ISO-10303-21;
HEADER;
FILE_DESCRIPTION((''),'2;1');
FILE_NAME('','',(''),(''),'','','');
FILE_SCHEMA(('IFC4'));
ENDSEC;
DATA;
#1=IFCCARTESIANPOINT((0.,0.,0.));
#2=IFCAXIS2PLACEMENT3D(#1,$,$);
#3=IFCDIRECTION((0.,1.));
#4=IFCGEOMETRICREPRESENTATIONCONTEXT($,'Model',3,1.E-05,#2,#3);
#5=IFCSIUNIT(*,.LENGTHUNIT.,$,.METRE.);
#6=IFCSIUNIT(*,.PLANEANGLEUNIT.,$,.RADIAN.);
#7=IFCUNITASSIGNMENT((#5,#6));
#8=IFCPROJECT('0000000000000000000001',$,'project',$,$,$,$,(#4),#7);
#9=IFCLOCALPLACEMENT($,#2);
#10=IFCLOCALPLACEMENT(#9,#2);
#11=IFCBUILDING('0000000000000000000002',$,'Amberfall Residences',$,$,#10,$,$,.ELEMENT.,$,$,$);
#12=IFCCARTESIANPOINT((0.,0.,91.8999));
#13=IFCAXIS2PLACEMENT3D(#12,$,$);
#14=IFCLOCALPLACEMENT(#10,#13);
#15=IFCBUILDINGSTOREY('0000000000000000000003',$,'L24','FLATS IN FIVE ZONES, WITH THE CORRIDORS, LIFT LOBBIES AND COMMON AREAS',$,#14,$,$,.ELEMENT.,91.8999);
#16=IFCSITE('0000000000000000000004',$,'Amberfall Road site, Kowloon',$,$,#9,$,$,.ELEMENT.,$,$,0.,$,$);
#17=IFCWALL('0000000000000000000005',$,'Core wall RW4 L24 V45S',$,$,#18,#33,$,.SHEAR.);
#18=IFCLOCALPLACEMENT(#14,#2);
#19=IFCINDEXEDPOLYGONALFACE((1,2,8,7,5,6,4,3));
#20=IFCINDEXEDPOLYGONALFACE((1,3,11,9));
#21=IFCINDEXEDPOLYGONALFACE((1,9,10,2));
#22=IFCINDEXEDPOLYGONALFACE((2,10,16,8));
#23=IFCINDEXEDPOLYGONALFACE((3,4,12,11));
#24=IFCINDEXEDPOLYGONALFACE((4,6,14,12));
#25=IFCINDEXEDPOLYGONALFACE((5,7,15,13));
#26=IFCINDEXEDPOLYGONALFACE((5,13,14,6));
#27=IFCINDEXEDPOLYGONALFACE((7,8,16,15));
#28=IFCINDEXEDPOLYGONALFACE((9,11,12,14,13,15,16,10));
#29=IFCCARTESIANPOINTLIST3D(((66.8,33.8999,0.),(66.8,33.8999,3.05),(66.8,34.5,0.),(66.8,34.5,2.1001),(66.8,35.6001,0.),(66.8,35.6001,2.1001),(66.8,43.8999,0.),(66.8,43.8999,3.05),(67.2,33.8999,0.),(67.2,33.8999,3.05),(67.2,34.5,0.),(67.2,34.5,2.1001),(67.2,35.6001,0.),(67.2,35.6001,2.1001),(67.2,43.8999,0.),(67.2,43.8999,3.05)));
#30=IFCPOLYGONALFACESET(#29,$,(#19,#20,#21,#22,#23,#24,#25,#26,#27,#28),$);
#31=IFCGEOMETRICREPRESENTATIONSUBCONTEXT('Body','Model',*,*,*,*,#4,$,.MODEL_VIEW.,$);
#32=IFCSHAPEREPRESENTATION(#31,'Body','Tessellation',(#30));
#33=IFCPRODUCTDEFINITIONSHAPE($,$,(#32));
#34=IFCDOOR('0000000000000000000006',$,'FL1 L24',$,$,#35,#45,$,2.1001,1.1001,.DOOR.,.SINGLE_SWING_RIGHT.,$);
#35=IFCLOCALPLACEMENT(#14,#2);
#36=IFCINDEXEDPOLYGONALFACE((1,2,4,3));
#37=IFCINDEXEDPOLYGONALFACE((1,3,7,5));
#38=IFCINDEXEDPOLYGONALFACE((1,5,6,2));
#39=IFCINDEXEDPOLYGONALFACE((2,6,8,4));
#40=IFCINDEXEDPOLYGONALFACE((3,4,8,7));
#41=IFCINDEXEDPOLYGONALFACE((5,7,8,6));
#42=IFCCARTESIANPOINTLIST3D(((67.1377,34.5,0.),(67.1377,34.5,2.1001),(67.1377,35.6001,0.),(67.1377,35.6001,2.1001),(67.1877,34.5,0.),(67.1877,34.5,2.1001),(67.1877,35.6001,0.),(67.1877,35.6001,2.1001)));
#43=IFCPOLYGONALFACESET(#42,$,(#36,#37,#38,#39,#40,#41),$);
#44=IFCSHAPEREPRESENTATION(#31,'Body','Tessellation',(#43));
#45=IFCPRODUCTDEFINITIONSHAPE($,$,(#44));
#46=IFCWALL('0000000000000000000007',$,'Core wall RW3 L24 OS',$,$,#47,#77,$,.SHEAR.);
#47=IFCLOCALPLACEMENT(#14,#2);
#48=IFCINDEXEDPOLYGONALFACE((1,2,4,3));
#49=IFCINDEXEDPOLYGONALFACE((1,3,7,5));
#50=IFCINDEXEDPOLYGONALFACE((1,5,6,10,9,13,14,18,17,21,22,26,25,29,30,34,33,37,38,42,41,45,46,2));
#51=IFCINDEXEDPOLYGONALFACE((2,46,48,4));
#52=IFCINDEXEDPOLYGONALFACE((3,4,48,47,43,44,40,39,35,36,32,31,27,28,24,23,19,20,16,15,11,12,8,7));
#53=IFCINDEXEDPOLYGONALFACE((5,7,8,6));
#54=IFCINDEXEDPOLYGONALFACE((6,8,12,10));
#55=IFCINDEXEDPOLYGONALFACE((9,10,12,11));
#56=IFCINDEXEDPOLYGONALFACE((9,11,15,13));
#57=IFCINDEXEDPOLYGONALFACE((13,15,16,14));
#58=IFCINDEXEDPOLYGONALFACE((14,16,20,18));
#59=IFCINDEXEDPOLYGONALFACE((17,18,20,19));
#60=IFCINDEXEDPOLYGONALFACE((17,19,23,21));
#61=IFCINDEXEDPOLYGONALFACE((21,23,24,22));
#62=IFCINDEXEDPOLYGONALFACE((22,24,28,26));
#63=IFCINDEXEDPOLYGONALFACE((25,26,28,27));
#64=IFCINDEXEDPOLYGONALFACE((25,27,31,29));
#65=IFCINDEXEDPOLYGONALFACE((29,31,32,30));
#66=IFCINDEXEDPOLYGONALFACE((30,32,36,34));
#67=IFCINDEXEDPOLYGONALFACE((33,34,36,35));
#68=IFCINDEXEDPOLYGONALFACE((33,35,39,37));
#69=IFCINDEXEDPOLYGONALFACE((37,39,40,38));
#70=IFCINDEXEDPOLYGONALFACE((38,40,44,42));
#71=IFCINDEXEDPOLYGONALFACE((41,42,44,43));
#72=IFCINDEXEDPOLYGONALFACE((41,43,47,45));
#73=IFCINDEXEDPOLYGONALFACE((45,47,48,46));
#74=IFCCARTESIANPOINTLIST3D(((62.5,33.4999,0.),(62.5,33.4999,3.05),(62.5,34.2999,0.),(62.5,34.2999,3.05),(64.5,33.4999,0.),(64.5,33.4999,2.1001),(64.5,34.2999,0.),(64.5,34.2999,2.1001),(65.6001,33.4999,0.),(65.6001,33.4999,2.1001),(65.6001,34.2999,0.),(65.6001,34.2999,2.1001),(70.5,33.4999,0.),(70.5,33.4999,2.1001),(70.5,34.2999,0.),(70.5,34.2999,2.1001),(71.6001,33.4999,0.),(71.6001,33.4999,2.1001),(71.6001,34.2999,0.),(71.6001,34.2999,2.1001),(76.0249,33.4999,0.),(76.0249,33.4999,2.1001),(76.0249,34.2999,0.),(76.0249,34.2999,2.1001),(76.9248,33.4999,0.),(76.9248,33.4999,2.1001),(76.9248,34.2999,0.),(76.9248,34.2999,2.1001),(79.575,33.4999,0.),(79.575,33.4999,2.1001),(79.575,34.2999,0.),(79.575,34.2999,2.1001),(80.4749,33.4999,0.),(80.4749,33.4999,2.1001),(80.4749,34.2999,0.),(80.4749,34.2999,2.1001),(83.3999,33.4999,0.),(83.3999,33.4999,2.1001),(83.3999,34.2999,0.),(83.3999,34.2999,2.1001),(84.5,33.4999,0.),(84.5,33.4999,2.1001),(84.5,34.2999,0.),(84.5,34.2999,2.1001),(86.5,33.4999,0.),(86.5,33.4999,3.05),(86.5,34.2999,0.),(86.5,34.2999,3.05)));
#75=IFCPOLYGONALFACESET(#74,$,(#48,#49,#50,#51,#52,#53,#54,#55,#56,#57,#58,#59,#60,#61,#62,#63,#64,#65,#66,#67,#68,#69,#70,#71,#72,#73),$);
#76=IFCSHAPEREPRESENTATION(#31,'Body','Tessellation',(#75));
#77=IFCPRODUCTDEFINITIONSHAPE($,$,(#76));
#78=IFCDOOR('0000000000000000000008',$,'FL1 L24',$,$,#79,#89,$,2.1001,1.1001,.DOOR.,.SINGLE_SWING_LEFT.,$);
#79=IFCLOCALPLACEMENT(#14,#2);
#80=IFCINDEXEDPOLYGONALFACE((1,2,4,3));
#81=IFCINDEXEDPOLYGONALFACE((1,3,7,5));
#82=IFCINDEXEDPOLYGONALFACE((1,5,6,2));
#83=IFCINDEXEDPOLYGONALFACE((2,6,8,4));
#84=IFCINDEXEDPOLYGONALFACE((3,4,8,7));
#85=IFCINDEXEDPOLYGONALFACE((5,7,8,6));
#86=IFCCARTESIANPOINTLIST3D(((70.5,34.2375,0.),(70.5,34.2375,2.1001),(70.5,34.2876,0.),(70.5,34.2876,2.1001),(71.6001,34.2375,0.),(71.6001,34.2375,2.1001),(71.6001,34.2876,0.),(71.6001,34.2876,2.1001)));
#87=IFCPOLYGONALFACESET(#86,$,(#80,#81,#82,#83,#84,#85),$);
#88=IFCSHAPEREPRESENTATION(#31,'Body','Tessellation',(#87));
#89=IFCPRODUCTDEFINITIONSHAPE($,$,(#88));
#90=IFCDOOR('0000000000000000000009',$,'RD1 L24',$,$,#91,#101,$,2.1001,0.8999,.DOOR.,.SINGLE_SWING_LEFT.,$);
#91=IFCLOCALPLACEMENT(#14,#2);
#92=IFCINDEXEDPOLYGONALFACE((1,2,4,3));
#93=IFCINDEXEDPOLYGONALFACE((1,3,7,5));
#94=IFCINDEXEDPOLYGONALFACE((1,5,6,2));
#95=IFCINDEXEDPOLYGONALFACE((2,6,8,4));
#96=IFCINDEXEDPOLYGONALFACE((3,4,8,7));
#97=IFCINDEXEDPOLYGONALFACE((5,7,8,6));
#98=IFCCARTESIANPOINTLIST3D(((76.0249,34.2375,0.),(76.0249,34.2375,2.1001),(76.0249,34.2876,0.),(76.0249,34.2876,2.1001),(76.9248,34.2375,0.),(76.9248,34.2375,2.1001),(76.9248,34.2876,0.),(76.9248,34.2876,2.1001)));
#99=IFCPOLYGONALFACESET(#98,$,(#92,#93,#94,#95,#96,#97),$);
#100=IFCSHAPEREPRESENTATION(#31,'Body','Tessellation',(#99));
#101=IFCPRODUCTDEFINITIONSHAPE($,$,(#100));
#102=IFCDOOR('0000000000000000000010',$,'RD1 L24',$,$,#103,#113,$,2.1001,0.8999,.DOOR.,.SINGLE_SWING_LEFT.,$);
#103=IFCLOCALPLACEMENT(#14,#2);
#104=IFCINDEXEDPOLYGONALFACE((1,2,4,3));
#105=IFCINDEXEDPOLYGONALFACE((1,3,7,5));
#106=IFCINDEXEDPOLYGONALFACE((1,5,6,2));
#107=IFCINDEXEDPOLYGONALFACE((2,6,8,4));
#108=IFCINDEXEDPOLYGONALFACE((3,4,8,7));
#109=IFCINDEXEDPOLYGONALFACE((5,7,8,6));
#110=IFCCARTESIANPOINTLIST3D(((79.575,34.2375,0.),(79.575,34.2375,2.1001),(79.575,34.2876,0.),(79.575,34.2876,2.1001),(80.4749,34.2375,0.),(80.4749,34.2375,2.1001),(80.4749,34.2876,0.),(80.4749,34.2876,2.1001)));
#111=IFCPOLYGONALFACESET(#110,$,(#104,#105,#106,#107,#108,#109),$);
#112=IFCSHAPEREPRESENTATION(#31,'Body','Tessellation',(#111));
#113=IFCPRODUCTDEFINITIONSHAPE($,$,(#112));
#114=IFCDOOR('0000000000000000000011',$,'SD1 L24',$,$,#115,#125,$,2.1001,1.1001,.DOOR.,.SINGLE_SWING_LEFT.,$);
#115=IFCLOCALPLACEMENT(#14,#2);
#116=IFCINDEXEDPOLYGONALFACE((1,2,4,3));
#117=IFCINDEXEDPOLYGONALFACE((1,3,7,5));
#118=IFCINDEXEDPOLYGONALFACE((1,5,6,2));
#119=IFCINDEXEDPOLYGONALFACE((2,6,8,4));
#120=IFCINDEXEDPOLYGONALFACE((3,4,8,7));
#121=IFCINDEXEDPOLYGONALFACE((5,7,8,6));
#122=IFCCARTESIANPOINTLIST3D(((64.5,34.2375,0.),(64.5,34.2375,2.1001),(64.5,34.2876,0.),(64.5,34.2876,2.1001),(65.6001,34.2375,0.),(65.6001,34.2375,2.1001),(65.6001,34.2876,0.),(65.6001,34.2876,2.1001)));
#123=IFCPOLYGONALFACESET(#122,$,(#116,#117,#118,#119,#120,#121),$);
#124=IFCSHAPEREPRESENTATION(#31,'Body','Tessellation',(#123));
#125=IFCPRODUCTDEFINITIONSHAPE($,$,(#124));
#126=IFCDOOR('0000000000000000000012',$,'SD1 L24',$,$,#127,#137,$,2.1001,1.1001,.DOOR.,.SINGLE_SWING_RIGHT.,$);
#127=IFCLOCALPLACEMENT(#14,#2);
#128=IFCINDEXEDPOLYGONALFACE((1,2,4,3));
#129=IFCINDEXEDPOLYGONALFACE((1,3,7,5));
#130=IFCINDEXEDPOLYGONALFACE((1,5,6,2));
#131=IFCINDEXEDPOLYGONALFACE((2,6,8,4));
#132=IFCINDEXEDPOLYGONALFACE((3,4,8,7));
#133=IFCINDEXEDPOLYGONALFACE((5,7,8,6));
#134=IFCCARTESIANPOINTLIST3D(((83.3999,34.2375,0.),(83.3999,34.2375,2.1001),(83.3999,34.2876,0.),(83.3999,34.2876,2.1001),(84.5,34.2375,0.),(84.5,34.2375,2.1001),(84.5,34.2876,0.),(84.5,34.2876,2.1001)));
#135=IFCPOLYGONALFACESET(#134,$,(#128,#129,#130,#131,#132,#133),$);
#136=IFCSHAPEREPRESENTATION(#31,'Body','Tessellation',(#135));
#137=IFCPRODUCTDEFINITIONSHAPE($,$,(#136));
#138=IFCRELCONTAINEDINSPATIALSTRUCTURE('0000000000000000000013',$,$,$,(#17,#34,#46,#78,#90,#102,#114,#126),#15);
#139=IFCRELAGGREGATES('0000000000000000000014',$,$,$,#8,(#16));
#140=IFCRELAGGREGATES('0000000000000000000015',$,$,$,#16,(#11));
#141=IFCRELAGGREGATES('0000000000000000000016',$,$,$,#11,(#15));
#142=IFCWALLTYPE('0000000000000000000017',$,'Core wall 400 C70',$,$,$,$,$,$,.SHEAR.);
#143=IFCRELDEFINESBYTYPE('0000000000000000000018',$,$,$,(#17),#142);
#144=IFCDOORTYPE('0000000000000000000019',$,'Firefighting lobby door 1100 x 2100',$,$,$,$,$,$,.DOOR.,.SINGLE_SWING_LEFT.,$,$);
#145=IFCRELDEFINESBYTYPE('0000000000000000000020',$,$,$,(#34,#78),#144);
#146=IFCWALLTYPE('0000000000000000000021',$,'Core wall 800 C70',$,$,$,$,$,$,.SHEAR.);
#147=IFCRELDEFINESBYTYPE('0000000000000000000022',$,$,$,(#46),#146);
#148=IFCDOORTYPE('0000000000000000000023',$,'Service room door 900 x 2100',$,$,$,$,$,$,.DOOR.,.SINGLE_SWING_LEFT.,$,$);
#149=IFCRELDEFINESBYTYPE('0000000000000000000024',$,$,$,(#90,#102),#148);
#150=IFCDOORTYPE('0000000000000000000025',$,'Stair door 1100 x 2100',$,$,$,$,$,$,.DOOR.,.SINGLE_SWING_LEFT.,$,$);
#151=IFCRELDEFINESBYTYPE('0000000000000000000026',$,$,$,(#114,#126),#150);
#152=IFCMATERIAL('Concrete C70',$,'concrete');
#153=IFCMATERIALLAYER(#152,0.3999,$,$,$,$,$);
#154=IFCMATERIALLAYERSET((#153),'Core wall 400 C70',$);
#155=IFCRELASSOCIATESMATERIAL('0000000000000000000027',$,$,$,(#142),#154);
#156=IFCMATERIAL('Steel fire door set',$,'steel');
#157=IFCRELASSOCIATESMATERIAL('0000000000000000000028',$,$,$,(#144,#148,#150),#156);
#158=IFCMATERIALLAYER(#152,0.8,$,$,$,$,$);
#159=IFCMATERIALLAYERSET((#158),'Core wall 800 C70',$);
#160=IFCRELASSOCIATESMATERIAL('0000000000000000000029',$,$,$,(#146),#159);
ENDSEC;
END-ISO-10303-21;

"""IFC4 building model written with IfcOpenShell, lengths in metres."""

from ifc_helpers import new_model, si_unit, direction, frame, frame_2d, origin, place, context, subcontext, project, spatial, rectangle, extrude, material, layer, layer_set, type_object, element, fill, save


model = new_model("IFC4")

# Units and contexts
model_context = context("Model", 3, precision=1e-05, world=origin(), true_north=direction((0.0, 1.0)))
body_context = subcontext(model_context, "Body", "Model", "MODEL_VIEW")
ifc_project = project(units=[si_unit("LENGTHUNIT", "METRE"), si_unit("PLANEANGLEUNIT", "RADIAN")], contexts=[model_context])

# Site, building, storey
site_placement = place(None, origin())
site = spatial("IfcSite", under=ifc_project, at=site_placement, Name="Amberfall Road site, Kowloon", CompositionType="ELEMENT", RefElevation=0.0)
building_placement = place(site_placement, origin())
building = spatial("IfcBuilding", under=site, at=building_placement, Name="Amberfall Residences", CompositionType="ELEMENT")
storey_placement = place(building_placement, frame((0.0, 0.0, 91.8999)))
storey = spatial("IfcBuildingStorey", under=building, at=storey_placement, Name="L24", Description="FLATS IN FIVE ZONES, WITH THE CORRIDORS, LIFT LOBBIES AND COMMON AREAS", CompositionType="ELEMENT", Elevation=91.8999)

# Wall, opening, door
ifc_material_1 = material(Name="Concrete C70", Category="concrete")
ifc_layer_1 = layer(ifc_material_1, 0.3999)
ifc_layer_set_1 = layer_set([ifc_layer_1], Name="Core wall 400 C70")
wall_type_1 = type_object("IfcWallType", Name="Core wall 400 C70", PredefinedType="SHEAR", material=ifc_layer_set_1)
wall_1_placement = place(storey_placement, frame((67.0, 33.8999, 0.0), z_axis=(0.0, 0.0, 1.0), x_axis=(0.0, 1.0, 0.0)))
wall_1 = element("IfcWall", 1, at=wall_1_placement, inside=storey, type_object=wall_type_1, Name="Core wall RW4 L24 V45S", PredefinedType="SHEAR", context=body_context, shape_type="SweptSolid", body=[
    extrude(rectangle(XDim=10.0, YDim=0.3999, at=frame_2d((5.0, 0.0))), origin(), (0.0, 0.0, 1.0), 3.05),
])
opening_1_placement = place(wall_1_placement, frame((0.6001, 0.0, 0.0)))
opening_1 = element("IfcOpeningElement", 2, at=opening_1_placement, cuts=wall_1, PredefinedType="OPENING", context=body_context, shape_type="SweptSolid", body=[
    extrude(rectangle(XDim=1.1001, YDim=2.1001, at=frame_2d((0.55, 1.05))), frame((0.0, 0.21, 0.0), z_axis=(0.0, -1.0, 0.0), x_axis=(1.0, 0.0, 0.0)), (0.0, 0.0, 1.0), 0.4199),
])
ifc_material_2 = material(Name="Steel fire door set", Category="steel")
door_type_1 = type_object("IfcDoorType", Name="Firefighting lobby door 1100 x 2100", OperationType="SINGLE_SWING_LEFT", PredefinedType="DOOR", material=ifc_material_2)
door_1_placement = place(opening_1_placement, origin())
door_1 = element("IfcDoor", 3, at=door_1_placement, inside=storey, type_object=door_type_1, Name="FL1 L24", OperationType="SINGLE_SWING_RIGHT", OverallHeight=2.1001, OverallWidth=1.1001, PredefinedType="DOOR", context=body_context, shape_type="SweptSolid", body=[
    extrude(rectangle(XDim=1.1001, YDim=2.1001, at=frame_2d((0.55, 1.05))), frame((0.0, -0.1377, 0.0), z_axis=(0.0, -1.0, 0.0), x_axis=(1.0, 0.0, 0.0)), (0.0, 0.0, 1.0), 0.05),
])
fill(opening_1, door_1)

# Wall, openings, doors
ifc_layer_2 = layer(ifc_material_1, 0.8)
ifc_layer_set_2 = layer_set([ifc_layer_2], Name="Core wall 800 C70")
wall_type_2 = type_object("IfcWallType", Name="Core wall 800 C70", PredefinedType="SHEAR", material=ifc_layer_set_2)
wall_2_placement = place(storey_placement, frame((62.5, 33.8999, 0.0), z_axis=(0.0, 0.0, 1.0), x_axis=(1.0, 0.0, 0.0)))
wall_2 = element("IfcWall", 4, at=wall_2_placement, inside=storey, type_object=wall_type_2, Name="Core wall RW3 L24 OS", PredefinedType="SHEAR", context=body_context, shape_type="SweptSolid", body=[
    extrude(rectangle(XDim=24.0, YDim=0.8, at=frame_2d((12.0, 0.0))), origin(), (0.0, 0.0, 1.0), 3.05),
])
opening_2_placement = place(wall_2_placement, frame((2.0, 0.0, 0.0)))
opening_2 = element("IfcOpeningElement", 5, at=opening_2_placement, cuts=wall_2, PredefinedType="OPENING", context=body_context, shape_type="SweptSolid", body=[
    extrude(rectangle(XDim=1.1001, YDim=2.1001, at=frame_2d((0.55, 1.05))), frame((0.0, 0.4099, 0.0), z_axis=(0.0, -1.0, 0.0), x_axis=(1.0, 0.0, 0.0)), (0.0, 0.0, 1.0), 0.8201),
])
opening_3_placement = place(wall_2_placement, frame((20.8999, 0.0, 0.0)))
opening_3 = element("IfcOpeningElement", 6, at=opening_3_placement, cuts=wall_2, PredefinedType="OPENING", context=body_context, shape_type="SweptSolid", body=[
    extrude(rectangle(XDim=1.1001, YDim=2.1001, at=frame_2d((0.55, 1.05))), frame((0.0, 0.4099, 0.0), z_axis=(0.0, -1.0, 0.0), x_axis=(1.0, 0.0, 0.0)), (0.0, 0.0, 1.0), 0.8201),
])
opening_4_placement = place(wall_2_placement, frame((8.0, 0.0, 0.0)))
opening_4 = element("IfcOpeningElement", 7, at=opening_4_placement, cuts=wall_2, PredefinedType="OPENING", context=body_context, shape_type="SweptSolid", body=[
    extrude(rectangle(XDim=1.1001, YDim=2.1001, at=frame_2d((0.55, 1.05))), frame((0.0, 0.4099, 0.0), z_axis=(0.0, -1.0, 0.0), x_axis=(1.0, 0.0, 0.0)), (0.0, 0.0, 1.0), 0.8201),
])
opening_5_placement = place(wall_2_placement, frame((13.5249, 0.0, 0.0)))
opening_5 = element("IfcOpeningElement", 8, at=opening_5_placement, cuts=wall_2, PredefinedType="OPENING", context=body_context, shape_type="SweptSolid", body=[
    extrude(rectangle(XDim=0.8999, YDim=2.1001, at=frame_2d((0.45, 1.05))), frame((0.0, 0.4099, 0.0), z_axis=(0.0, -1.0, 0.0), x_axis=(1.0, 0.0, 0.0)), (0.0, 0.0, 1.0), 0.8201),
])
opening_6_placement = place(wall_2_placement, frame((17.075, 0.0, 0.0)))
opening_6 = element("IfcOpeningElement", 9, at=opening_6_placement, cuts=wall_2, PredefinedType="OPENING", context=body_context, shape_type="SweptSolid", body=[
    extrude(rectangle(XDim=0.8999, YDim=2.1001, at=frame_2d((0.45, 1.05))), frame((0.0, 0.4099, 0.0), z_axis=(0.0, -1.0, 0.0), x_axis=(1.0, 0.0, 0.0)), (0.0, 0.0, 1.0), 0.8201),
])
door_2_placement = place(opening_4_placement, origin())
door_2 = element("IfcDoor", 10, at=door_2_placement, inside=storey, type_object=door_type_1, Name="FL1 L24", OperationType="SINGLE_SWING_LEFT", OverallHeight=2.1001, OverallWidth=1.1001, PredefinedType="DOOR", context=body_context, shape_type="SweptSolid", body=[
    extrude(rectangle(XDim=1.1001, YDim=2.1001, at=frame_2d((0.55, 1.05))), frame((0.0, 0.3877, 0.0), z_axis=(0.0, -1.0, 0.0), x_axis=(1.0, 0.0, 0.0)), (0.0, 0.0, 1.0), 0.05),
])
fill(opening_4, door_2)
door_type_2 = type_object("IfcDoorType", Name="Service room door 900 x 2100", OperationType="SINGLE_SWING_LEFT", PredefinedType="DOOR", material=ifc_material_2)
door_3_placement = place(opening_5_placement, origin())
door_3 = element("IfcDoor", 11, at=door_3_placement, inside=storey, type_object=door_type_2, Name="RD1 L24", OperationType="SINGLE_SWING_LEFT", OverallHeight=2.1001, OverallWidth=0.8999, PredefinedType="DOOR", context=body_context, shape_type="SweptSolid", body=[
    extrude(rectangle(XDim=0.8999, YDim=2.1001, at=frame_2d((0.45, 1.05))), frame((0.0, 0.3877, 0.0), z_axis=(0.0, -1.0, 0.0), x_axis=(1.0, 0.0, 0.0)), (0.0, 0.0, 1.0), 0.05),
])
fill(opening_5, door_3)
door_4_placement = place(opening_6_placement, origin())
door_4 = element("IfcDoor", 12, at=door_4_placement, inside=storey, type_object=door_type_2, Name="RD1 L24", OperationType="SINGLE_SWING_LEFT", OverallHeight=2.1001, OverallWidth=0.8999, PredefinedType="DOOR", context=body_context, shape_type="SweptSolid", body=[
    extrude(rectangle(XDim=0.8999, YDim=2.1001, at=frame_2d((0.45, 1.05))), frame((0.0, 0.3877, 0.0), z_axis=(0.0, -1.0, 0.0), x_axis=(1.0, 0.0, 0.0)), (0.0, 0.0, 1.0), 0.05),
])
fill(opening_6, door_4)
door_type_3 = type_object("IfcDoorType", Name="Stair door 1100 x 2100", OperationType="SINGLE_SWING_LEFT", PredefinedType="DOOR", material=ifc_material_2)
door_5_placement = place(opening_2_placement, origin())
door_5 = element("IfcDoor", 13, at=door_5_placement, inside=storey, type_object=door_type_3, Name="SD1 L24", OperationType="SINGLE_SWING_LEFT", OverallHeight=2.1001, OverallWidth=1.1001, PredefinedType="DOOR", context=body_context, shape_type="SweptSolid", body=[
    extrude(rectangle(XDim=1.1001, YDim=2.1001, at=frame_2d((0.55, 1.05))), frame((0.0, 0.3877, 0.0), z_axis=(0.0, -1.0, 0.0), x_axis=(1.0, 0.0, 0.0)), (0.0, 0.0, 1.0), 0.05),
])
fill(opening_2, door_5)
door_6_placement = place(opening_3_placement, origin())
door_6 = element("IfcDoor", 14, at=door_6_placement, inside=storey, type_object=door_type_3, Name="SD1 L24", OperationType="SINGLE_SWING_RIGHT", OverallHeight=2.1001, OverallWidth=1.1001, PredefinedType="DOOR", context=body_context, shape_type="SweptSolid", body=[
    extrude(rectangle(XDim=1.1001, YDim=2.1001, at=frame_2d((0.55, 1.05))), frame((0.0, 0.3877, 0.0), z_axis=(0.0, -1.0, 0.0), x_axis=(1.0, 0.0, 0.0)), (0.0, 0.0, 1.0), 0.05),
])
fill(opening_3, door_6)

save(model, "model.ifc")
